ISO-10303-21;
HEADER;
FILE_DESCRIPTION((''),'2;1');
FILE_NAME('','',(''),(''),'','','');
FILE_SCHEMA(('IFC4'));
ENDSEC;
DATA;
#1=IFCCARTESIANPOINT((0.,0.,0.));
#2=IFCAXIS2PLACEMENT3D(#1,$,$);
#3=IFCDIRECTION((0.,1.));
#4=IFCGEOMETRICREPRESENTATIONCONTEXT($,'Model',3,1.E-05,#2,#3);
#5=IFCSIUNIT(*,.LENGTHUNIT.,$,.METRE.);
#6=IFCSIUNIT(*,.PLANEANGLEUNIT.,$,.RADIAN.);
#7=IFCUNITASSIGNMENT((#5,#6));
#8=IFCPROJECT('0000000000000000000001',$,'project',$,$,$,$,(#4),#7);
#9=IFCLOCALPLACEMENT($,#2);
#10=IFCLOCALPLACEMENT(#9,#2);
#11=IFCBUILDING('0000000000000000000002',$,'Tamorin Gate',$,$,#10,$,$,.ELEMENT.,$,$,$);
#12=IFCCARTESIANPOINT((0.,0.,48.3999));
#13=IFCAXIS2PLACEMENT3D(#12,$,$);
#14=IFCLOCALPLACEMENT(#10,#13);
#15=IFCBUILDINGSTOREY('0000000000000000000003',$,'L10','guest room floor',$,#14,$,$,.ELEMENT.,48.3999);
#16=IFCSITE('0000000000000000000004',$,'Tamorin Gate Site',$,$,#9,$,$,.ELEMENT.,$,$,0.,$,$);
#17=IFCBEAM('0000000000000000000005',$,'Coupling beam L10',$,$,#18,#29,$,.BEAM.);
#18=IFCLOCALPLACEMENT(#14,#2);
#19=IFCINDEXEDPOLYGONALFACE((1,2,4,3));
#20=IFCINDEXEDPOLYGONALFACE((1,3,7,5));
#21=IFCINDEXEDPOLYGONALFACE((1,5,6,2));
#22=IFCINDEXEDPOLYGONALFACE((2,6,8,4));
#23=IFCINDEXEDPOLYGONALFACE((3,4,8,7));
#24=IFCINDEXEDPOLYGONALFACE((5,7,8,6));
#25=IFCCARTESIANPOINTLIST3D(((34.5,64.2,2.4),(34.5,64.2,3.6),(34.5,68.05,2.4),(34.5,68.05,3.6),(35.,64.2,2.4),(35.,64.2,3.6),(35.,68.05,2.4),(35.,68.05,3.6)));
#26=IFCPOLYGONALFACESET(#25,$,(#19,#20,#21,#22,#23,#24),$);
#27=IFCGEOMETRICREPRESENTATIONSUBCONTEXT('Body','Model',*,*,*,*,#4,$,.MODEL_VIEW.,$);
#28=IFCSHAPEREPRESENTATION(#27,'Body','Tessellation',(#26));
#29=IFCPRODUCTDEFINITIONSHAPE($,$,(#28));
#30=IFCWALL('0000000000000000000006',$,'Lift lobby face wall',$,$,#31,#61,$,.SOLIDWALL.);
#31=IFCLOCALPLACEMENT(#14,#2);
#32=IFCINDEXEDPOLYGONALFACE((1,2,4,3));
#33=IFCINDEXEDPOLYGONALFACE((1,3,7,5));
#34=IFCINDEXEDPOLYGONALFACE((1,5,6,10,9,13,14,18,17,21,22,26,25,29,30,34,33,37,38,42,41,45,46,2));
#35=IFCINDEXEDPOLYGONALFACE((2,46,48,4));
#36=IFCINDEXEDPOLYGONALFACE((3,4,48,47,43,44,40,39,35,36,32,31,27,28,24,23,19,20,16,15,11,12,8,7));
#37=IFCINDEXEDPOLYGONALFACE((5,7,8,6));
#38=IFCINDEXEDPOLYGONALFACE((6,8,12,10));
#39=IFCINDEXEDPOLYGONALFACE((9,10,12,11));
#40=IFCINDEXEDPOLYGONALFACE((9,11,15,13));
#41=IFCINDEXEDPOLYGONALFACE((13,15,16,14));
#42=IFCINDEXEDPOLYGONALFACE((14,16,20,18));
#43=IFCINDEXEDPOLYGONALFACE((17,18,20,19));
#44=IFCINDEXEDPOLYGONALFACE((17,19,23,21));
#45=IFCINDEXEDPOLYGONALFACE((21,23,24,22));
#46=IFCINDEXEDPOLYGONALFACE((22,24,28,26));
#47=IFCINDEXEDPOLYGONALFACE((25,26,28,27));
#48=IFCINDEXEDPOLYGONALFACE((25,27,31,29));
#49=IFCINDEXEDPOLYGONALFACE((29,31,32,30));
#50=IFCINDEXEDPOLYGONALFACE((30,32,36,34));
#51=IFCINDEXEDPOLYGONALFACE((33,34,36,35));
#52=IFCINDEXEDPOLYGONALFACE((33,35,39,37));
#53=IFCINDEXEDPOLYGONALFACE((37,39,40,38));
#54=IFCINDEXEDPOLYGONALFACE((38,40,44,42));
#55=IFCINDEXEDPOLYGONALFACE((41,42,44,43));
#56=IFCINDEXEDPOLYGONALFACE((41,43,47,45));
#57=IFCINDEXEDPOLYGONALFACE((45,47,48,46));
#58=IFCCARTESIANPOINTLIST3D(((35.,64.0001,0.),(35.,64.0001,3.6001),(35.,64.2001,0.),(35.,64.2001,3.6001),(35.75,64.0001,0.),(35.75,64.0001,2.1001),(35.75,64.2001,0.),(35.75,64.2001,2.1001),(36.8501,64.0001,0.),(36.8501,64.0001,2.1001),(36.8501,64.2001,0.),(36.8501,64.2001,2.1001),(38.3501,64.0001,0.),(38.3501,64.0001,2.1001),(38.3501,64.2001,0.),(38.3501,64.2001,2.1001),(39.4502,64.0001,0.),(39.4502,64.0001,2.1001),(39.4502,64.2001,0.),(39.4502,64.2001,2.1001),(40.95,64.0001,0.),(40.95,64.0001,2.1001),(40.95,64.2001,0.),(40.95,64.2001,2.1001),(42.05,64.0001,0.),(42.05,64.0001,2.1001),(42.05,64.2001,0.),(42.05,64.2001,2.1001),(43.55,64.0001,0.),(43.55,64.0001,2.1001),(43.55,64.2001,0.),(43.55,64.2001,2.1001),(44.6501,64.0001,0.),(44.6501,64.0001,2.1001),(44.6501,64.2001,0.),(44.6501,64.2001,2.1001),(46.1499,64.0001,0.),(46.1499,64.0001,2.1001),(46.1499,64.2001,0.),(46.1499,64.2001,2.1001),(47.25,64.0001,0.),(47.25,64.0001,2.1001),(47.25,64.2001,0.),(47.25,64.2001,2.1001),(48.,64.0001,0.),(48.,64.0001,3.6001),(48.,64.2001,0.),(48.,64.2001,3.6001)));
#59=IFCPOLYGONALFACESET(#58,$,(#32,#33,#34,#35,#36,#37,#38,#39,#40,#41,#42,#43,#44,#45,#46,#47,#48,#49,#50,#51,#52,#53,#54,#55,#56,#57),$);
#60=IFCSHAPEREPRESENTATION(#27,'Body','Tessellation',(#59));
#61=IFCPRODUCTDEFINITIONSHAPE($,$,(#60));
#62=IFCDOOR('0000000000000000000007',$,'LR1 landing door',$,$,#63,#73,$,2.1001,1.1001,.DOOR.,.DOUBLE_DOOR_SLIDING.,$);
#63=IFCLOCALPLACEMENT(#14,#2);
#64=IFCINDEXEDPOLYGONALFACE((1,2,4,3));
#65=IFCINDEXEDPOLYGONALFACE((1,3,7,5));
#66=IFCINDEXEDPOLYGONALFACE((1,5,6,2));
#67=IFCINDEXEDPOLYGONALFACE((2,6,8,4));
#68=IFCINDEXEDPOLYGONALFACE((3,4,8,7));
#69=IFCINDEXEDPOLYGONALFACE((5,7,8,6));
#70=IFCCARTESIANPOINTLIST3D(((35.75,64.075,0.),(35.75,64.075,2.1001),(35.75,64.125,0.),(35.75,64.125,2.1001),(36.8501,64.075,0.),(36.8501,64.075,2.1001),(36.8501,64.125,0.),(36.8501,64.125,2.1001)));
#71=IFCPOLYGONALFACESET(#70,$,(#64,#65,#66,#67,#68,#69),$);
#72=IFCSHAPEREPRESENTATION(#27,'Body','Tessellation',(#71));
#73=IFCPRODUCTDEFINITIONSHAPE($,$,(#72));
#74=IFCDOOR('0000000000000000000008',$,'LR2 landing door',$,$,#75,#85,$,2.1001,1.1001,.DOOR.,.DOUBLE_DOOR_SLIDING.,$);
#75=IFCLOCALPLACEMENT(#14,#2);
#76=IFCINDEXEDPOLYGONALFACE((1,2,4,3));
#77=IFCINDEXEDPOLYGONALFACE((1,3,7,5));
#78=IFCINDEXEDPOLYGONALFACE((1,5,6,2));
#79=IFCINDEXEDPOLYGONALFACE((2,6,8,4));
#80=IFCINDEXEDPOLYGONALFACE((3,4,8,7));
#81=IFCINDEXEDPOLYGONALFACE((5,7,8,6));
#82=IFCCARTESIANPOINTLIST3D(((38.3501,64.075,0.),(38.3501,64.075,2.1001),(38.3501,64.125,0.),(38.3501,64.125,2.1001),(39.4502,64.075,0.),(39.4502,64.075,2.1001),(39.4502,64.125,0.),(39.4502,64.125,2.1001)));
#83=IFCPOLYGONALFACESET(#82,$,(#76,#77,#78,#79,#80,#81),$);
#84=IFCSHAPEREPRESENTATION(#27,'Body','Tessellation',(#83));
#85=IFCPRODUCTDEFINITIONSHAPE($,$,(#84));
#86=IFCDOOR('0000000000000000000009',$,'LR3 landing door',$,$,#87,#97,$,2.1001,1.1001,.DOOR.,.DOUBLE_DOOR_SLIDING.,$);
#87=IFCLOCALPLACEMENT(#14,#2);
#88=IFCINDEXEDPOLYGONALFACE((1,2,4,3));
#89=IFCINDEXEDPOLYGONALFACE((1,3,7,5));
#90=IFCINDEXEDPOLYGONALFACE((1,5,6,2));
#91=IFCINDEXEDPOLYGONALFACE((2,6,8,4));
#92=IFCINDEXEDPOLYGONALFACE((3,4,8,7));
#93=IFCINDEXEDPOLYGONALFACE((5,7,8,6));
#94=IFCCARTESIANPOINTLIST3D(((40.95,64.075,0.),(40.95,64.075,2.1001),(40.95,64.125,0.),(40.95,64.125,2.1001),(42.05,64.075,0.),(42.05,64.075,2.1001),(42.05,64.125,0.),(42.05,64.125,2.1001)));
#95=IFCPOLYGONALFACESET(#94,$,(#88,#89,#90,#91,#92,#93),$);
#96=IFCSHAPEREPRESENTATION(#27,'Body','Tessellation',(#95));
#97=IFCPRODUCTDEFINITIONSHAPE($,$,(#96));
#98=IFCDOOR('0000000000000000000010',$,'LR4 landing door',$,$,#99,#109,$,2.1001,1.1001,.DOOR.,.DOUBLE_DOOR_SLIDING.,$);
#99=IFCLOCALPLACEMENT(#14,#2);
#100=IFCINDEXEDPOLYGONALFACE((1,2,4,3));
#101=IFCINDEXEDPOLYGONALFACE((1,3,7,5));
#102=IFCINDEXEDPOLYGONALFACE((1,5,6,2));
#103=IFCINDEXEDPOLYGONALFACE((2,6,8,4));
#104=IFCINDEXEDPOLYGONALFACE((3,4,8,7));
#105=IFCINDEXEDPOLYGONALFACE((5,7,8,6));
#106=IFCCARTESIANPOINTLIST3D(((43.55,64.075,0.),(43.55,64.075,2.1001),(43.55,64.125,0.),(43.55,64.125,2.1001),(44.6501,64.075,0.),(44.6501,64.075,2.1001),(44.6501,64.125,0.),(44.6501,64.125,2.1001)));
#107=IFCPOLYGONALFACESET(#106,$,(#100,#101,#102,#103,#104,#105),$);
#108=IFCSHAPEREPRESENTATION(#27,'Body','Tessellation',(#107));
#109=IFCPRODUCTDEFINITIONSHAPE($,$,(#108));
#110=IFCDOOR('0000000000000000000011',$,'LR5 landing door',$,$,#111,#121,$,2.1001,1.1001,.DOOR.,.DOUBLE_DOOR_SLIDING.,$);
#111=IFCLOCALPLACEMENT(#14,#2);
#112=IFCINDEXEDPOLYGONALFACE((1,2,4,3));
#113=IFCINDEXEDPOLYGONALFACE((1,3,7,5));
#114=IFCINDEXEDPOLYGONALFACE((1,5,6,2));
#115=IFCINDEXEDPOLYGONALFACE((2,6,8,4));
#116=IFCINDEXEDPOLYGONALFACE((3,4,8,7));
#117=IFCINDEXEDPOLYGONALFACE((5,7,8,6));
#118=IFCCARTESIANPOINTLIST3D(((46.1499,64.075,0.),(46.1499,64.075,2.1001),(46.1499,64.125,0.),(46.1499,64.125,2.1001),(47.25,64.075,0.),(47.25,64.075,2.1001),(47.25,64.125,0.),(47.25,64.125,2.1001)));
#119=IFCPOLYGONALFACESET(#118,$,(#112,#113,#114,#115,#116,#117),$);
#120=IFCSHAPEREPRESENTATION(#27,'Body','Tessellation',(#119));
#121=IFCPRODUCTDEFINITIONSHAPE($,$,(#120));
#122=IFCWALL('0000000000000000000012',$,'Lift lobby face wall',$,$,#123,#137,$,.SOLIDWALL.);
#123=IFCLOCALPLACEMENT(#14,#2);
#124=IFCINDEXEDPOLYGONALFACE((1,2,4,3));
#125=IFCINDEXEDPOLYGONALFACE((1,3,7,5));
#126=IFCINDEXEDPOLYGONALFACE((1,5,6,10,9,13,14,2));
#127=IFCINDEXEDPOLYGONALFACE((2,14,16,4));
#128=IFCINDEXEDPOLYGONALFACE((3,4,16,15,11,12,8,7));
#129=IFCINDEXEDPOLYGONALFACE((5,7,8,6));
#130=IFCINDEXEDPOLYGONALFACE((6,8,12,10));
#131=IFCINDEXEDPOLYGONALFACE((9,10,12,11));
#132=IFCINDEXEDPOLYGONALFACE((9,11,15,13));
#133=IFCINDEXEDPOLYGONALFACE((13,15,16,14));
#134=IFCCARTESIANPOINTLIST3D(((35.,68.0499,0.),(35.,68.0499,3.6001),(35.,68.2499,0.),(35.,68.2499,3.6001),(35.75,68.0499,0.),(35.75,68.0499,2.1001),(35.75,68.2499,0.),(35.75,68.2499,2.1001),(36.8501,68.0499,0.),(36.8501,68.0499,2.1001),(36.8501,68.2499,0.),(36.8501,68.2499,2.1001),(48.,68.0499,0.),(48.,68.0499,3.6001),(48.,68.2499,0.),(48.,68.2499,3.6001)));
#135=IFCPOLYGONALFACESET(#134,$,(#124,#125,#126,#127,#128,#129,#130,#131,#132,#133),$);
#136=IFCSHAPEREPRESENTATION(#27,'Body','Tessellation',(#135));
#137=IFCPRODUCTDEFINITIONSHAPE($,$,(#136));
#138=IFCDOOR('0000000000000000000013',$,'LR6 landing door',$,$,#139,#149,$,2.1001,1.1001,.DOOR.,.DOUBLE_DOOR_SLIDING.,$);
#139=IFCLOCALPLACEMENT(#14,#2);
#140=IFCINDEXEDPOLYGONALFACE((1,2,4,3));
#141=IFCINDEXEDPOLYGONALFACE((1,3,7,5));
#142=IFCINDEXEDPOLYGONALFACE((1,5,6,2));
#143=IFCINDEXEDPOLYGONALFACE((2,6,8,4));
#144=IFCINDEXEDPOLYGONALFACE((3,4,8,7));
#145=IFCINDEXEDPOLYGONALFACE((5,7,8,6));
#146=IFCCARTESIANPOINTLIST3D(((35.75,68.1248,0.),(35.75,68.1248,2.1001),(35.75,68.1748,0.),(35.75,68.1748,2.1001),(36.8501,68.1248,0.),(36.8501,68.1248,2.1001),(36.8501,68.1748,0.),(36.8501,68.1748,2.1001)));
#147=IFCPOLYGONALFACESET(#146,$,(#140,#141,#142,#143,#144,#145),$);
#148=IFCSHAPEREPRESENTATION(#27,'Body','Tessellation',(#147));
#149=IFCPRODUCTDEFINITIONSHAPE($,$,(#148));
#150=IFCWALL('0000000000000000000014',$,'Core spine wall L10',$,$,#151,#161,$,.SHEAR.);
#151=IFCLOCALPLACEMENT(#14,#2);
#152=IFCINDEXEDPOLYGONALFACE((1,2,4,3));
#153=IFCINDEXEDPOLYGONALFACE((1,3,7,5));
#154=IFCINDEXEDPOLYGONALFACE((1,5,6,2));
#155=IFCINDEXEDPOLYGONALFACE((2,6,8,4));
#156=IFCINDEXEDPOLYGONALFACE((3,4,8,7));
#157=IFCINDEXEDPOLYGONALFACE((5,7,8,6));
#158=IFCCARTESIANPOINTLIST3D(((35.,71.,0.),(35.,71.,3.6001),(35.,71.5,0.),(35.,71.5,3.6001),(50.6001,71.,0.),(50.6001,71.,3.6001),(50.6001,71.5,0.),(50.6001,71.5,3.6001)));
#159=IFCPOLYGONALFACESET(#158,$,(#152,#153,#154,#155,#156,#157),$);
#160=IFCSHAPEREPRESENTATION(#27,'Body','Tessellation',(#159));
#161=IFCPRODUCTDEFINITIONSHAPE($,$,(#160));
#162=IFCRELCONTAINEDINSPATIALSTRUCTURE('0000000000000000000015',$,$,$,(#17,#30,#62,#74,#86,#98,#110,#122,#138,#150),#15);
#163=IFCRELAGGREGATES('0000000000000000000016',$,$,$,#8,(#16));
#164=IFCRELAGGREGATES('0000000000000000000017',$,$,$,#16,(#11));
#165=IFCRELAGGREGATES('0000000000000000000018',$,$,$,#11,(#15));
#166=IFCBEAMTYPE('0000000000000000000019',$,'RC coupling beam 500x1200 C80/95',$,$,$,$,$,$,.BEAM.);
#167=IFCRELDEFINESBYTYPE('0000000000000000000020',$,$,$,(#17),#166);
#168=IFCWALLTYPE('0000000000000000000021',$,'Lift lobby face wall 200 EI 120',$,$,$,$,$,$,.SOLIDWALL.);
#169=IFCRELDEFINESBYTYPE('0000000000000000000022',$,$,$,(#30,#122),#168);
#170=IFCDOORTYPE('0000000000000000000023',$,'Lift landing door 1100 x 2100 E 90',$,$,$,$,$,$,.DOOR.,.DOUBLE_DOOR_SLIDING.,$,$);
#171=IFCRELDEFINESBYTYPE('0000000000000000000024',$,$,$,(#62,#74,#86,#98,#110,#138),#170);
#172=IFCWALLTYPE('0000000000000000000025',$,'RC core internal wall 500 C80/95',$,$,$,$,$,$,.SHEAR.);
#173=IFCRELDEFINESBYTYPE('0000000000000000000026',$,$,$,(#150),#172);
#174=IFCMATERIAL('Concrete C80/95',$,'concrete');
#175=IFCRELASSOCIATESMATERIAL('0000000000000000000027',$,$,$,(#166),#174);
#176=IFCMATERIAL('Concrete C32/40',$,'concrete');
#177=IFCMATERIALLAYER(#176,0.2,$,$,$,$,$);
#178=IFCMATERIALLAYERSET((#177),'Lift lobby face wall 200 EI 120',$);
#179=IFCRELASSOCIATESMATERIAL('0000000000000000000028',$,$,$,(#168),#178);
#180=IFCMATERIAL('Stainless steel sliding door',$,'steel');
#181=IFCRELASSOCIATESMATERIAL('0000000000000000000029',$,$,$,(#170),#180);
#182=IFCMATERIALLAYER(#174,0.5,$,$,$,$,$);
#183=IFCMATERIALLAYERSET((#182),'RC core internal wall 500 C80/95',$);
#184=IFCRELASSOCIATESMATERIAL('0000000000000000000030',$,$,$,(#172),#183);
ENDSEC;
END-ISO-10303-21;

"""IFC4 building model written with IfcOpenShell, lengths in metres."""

from ifc_helpers import new_model, si_unit, direction, frame, frame_2d, origin, origin_2d, place, context, subcontext, project, spatial, rectangle, extrude, material, layer, layer_set, material_profile, profile_set, type_object, element, fill, save


model = new_model("IFC4")

# Units and contexts
model_context = context("Model", 3, precision=1e-05, world=origin(), true_north=direction((0.0, 1.0)))
body_context = subcontext(model_context, "Body", "Model", "MODEL_VIEW")
ifc_project = project(units=[si_unit("LENGTHUNIT", "METRE"), si_unit("PLANEANGLEUNIT", "RADIAN")], contexts=[model_context])

# Site, building, storey
site_placement = place(None, origin())
site = spatial("IfcSite", under=ifc_project, at=site_placement, Name="Tamorin Gate Site", CompositionType="ELEMENT", RefElevation=0.0)
building_placement = place(site_placement, origin())
building = spatial("IfcBuilding", under=site, at=building_placement, Name="Tamorin Gate", CompositionType="ELEMENT")
storey_placement = place(building_placement, frame((0.0, 0.0, 48.3999)))
storey = spatial("IfcBuildingStorey", under=building, at=storey_placement, Name="L10", Description="guest room floor", CompositionType="ELEMENT", Elevation=48.3999)

# Beam
ifc_material_1 = material(Name="Concrete C80/95", Category="concrete")
ifc_material_profile = material_profile(ifc_material_1, rectangle(XDim=0.5, YDim=1.2, at=origin_2d()), Name="RC 500x1200")
ifc_profile_set = profile_set([ifc_material_profile], Name="Concrete C80/95")
beam_type = type_object("IfcBeamType", Name="RC coupling beam 500x1200 C80/95", PredefinedType="BEAM", material=ifc_profile_set)
beam_placement = place(storey_placement, frame((34.75, 64.2, 3.0), z_axis=(0.0, 1.0, 0.0), x_axis=(-1.0, 0.0, 0.0)))
element("IfcBeam", 1, at=beam_placement, inside=storey, type_object=beam_type, Name="Coupling beam L10", PredefinedType="BEAM", context=body_context, shape_type="SweptSolid", body=[
    extrude(rectangle(XDim=0.5, YDim=1.2, at=origin_2d()), origin(), (0.0, 0.0, 1.0), 3.8501),
])

# Wall, openings, doors
ifc_material_2 = material(Name="Concrete C32/40", Category="concrete")
ifc_layer_1 = layer(ifc_material_2, 0.2)
ifc_layer_set_1 = layer_set([ifc_layer_1], Name="Lift lobby face wall 200 EI 120")
wall_type_1 = type_object("IfcWallType", Name="Lift lobby face wall 200 EI 120", PredefinedType="SOLIDWALL", material=ifc_layer_set_1)
wall_1_placement = place(storey_placement, frame((35.0, 64.1001, 0.0), z_axis=(0.0, 0.0, 1.0), x_axis=(1.0, 0.0, 0.0)))
wall_1 = element("IfcWall", 2, at=wall_1_placement, inside=storey, type_object=wall_type_1, Name="Lift lobby face wall", PredefinedType="SOLIDWALL", context=body_context, shape_type="SweptSolid", body=[
    extrude(rectangle(XDim=13.0, YDim=0.2, at=frame_2d((6.5, 0.0))), origin(), (0.0, 0.0, 1.0), 3.6001),
])
opening_1_placement = place(wall_1_placement, frame((0.75, 0.0, 0.0)))
opening_1 = element("IfcOpeningElement", 3, at=opening_1_placement, cuts=wall_1, PredefinedType="OPENING", context=body_context, shape_type="SweptSolid", body=[
    extrude(rectangle(XDim=1.1001, YDim=2.1001, at=frame_2d((0.55, 1.05))), frame((0.0, 0.1099, 0.0), z_axis=(0.0, -1.0, 0.0), x_axis=(1.0, 0.0, 0.0)), (0.0, 0.0, 1.0), 0.22),
])
opening_2_placement = place(wall_1_placement, frame((3.3501, 0.0, 0.0)))
opening_2 = element("IfcOpeningElement", 4, at=opening_2_placement, cuts=wall_1, PredefinedType="OPENING", context=body_context, shape_type="SweptSolid", body=[
    extrude(rectangle(XDim=1.1001, YDim=2.1001, at=frame_2d((0.55, 1.05))), frame((0.0, 0.1099, 0.0), z_axis=(0.0, -1.0, 0.0), x_axis=(1.0, 0.0, 0.0)), (0.0, 0.0, 1.0), 0.22),
])
opening_3_placement = place(wall_1_placement, frame((5.95, 0.0, 0.0)))
opening_3 = element("IfcOpeningElement", 5, at=opening_3_placement, cuts=wall_1, PredefinedType="OPENING", context=body_context, shape_type="SweptSolid", body=[
    extrude(rectangle(XDim=1.1001, YDim=2.1001, at=frame_2d((0.55, 1.05))), frame((0.0, 0.1099, 0.0), z_axis=(0.0, -1.0, 0.0), x_axis=(1.0, 0.0, 0.0)), (0.0, 0.0, 1.0), 0.22),
])
opening_4_placement = place(wall_1_placement, frame((8.55, 0.0, 0.0)))
opening_4 = element("IfcOpeningElement", 6, at=opening_4_placement, cuts=wall_1, PredefinedType="OPENING", context=body_context, shape_type="SweptSolid", body=[
    extrude(rectangle(XDim=1.1001, YDim=2.1001, at=frame_2d((0.55, 1.05))), frame((0.0, 0.1099, 0.0), z_axis=(0.0, -1.0, 0.0), x_axis=(1.0, 0.0, 0.0)), (0.0, 0.0, 1.0), 0.22),
])
opening_5_placement = place(wall_1_placement, frame((11.1499, 0.0, 0.0)))
opening_5 = element("IfcOpeningElement", 7, at=opening_5_placement, cuts=wall_1, PredefinedType="OPENING", context=body_context, shape_type="SweptSolid", body=[
    extrude(rectangle(XDim=1.1001, YDim=2.1001, at=frame_2d((0.55, 1.05))), frame((0.0, 0.1099, 0.0), z_axis=(0.0, -1.0, 0.0), x_axis=(1.0, 0.0, 0.0)), (0.0, 0.0, 1.0), 0.22),
])
ifc_material_3 = material(Name="Stainless steel sliding door", Category="steel")
door_type_1 = type_object("IfcDoorType", Name="Lift landing door 1100 x 2100 E 90", OperationType="DOUBLE_DOOR_SLIDING", PredefinedType="DOOR", material=ifc_material_3)
door_1_placement = place(opening_1_placement, origin())
door_1 = element("IfcDoor", 8, at=door_1_placement, inside=storey, type_object=door_type_1, Name="LR1 landing door", OperationType="DOUBLE_DOOR_SLIDING", OverallHeight=2.1001, OverallWidth=1.1001, PredefinedType="DOOR", context=body_context, shape_type="SweptSolid", body=[
    extrude(rectangle(XDim=1.1001, YDim=2.1001, at=frame_2d((0.55, 1.05))), frame((0.0, 0.0249, 0.0), z_axis=(0.0, -1.0, 0.0), x_axis=(1.0, 0.0, 0.0)), (0.0, 0.0, 1.0), 0.05),
])
fill(opening_1, door_1)
door_2_placement = place(opening_2_placement, origin())
door_2 = element("IfcDoor", 9, at=door_2_placement, inside=storey, type_object=door_type_1, Name="LR2 landing door", OperationType="DOUBLE_DOOR_SLIDING", OverallHeight=2.1001, OverallWidth=1.1001, PredefinedType="DOOR", context=body_context, shape_type="SweptSolid", body=[
    extrude(rectangle(XDim=1.1001, YDim=2.1001, at=frame_2d((0.55, 1.05))), frame((0.0, 0.0249, 0.0), z_axis=(0.0, -1.0, 0.0), x_axis=(1.0, 0.0, 0.0)), (0.0, 0.0, 1.0), 0.05),
])
fill(opening_2, door_2)
door_3_placement = place(opening_3_placement, origin())
door_3 = element("IfcDoor", 10, at=door_3_placement, inside=storey, type_object=door_type_1, Name="LR3 landing door", OperationType="DOUBLE_DOOR_SLIDING", OverallHeight=2.1001, OverallWidth=1.1001, PredefinedType="DOOR", context=body_context, shape_type="SweptSolid", body=[
    extrude(rectangle(XDim=1.1001, YDim=2.1001, at=frame_2d((0.55, 1.05))), frame((0.0, 0.0249, 0.0), z_axis=(0.0, -1.0, 0.0), x_axis=(1.0, 0.0, 0.0)), (0.0, 0.0, 1.0), 0.05),
])
fill(opening_3, door_3)
door_4_placement = place(opening_4_placement, origin())
door_4 = element("IfcDoor", 11, at=door_4_placement, inside=storey, type_object=door_type_1, Name="LR4 landing door", OperationType="DOUBLE_DOOR_SLIDING", OverallHeight=2.1001, OverallWidth=1.1001, PredefinedType="DOOR", context=body_context, shape_type="SweptSolid", body=[
    extrude(rectangle(XDim=1.1001, YDim=2.1001, at=frame_2d((0.55, 1.05))), frame((0.0, 0.0249, 0.0), z_axis=(0.0, -1.0, 0.0), x_axis=(1.0, 0.0, 0.0)), (0.0, 0.0, 1.0), 0.05),
])
fill(opening_4, door_4)
door_5_placement = place(opening_5_placement, origin())
door_5 = element("IfcDoor", 12, at=door_5_placement, inside=storey, type_object=door_type_1, Name="LR5 landing door", OperationType="DOUBLE_DOOR_SLIDING", OverallHeight=2.1001, OverallWidth=1.1001, PredefinedType="DOOR", context=body_context, shape_type="SweptSolid", body=[
    extrude(rectangle(XDim=1.1001, YDim=2.1001, at=frame_2d((0.55, 1.05))), frame((0.0, 0.0249, 0.0), z_axis=(0.0, -1.0, 0.0), x_axis=(1.0, 0.0, 0.0)), (0.0, 0.0, 1.0), 0.05),
])
fill(opening_5, door_5)

# Wall, opening, door
wall_2_placement = place(storey_placement, frame((35.0, 68.1499, 0.0), z_axis=(0.0, 0.0, 1.0), x_axis=(1.0, 0.0, 0.0)))
wall_2 = element("IfcWall", 13, at=wall_2_placement, inside=storey, type_object=wall_type_1, Name="Lift lobby face wall", PredefinedType="SOLIDWALL", context=body_context, shape_type="SweptSolid", body=[
    extrude(rectangle(XDim=13.0, YDim=0.2, at=frame_2d((6.5, 0.0))), origin(), (0.0, 0.0, 1.0), 3.6001),
])
opening_6_placement = place(wall_2_placement, frame((0.75, 0.0, 0.0)))
opening_6 = element("IfcOpeningElement", 14, at=opening_6_placement, cuts=wall_2, PredefinedType="OPENING", context=body_context, shape_type="SweptSolid", body=[
    extrude(rectangle(XDim=1.1001, YDim=2.1001, at=frame_2d((0.55, 1.05))), frame((0.0, 0.1099, 0.0), z_axis=(0.0, -1.0, 0.0), x_axis=(1.0, 0.0, 0.0)), (0.0, 0.0, 1.0), 0.22),
])
door_6_placement = place(opening_6_placement, origin())
door_6 = element("IfcDoor", 15, at=door_6_placement, inside=storey, type_object=door_type_1, Name="LR6 landing door", OperationType="DOUBLE_DOOR_SLIDING", OverallHeight=2.1001, OverallWidth=1.1001, PredefinedType="DOOR", context=body_context, shape_type="SweptSolid", body=[
    extrude(rectangle(XDim=1.1001, YDim=2.1001, at=frame_2d((0.55, 1.05))), frame((0.0, 0.0249, 0.0), z_axis=(0.0, -1.0, 0.0), x_axis=(1.0, 0.0, 0.0)), (0.0, 0.0, 1.0), 0.05),
])
fill(opening_6, door_6)

# Wall
ifc_layer_2 = layer(ifc_material_1, 0.5)
ifc_layer_set_2 = layer_set([ifc_layer_2], Name="RC core internal wall 500 C80/95")
wall_type_2 = type_object("IfcWallType", Name="RC core internal wall 500 C80/95", PredefinedType="SHEAR", material=ifc_layer_set_2)
wall_3_placement = place(storey_placement, frame((35.0, 71.25, 0.0), z_axis=(0.0, 0.0, 1.0), x_axis=(1.0, 0.0, 0.0)))
element("IfcWall", 16, at=wall_3_placement, inside=storey, type_object=wall_type_2, Name="Core spine wall L10", PredefinedType="SHEAR", context=body_context, shape_type="SweptSolid", body=[
    extrude(rectangle(XDim=15.6001, YDim=0.5, at=frame_2d((7.8, 0.0))), origin(), (0.0, 0.0, 1.0), 3.6001),
])

save(model, "model.ifc")
